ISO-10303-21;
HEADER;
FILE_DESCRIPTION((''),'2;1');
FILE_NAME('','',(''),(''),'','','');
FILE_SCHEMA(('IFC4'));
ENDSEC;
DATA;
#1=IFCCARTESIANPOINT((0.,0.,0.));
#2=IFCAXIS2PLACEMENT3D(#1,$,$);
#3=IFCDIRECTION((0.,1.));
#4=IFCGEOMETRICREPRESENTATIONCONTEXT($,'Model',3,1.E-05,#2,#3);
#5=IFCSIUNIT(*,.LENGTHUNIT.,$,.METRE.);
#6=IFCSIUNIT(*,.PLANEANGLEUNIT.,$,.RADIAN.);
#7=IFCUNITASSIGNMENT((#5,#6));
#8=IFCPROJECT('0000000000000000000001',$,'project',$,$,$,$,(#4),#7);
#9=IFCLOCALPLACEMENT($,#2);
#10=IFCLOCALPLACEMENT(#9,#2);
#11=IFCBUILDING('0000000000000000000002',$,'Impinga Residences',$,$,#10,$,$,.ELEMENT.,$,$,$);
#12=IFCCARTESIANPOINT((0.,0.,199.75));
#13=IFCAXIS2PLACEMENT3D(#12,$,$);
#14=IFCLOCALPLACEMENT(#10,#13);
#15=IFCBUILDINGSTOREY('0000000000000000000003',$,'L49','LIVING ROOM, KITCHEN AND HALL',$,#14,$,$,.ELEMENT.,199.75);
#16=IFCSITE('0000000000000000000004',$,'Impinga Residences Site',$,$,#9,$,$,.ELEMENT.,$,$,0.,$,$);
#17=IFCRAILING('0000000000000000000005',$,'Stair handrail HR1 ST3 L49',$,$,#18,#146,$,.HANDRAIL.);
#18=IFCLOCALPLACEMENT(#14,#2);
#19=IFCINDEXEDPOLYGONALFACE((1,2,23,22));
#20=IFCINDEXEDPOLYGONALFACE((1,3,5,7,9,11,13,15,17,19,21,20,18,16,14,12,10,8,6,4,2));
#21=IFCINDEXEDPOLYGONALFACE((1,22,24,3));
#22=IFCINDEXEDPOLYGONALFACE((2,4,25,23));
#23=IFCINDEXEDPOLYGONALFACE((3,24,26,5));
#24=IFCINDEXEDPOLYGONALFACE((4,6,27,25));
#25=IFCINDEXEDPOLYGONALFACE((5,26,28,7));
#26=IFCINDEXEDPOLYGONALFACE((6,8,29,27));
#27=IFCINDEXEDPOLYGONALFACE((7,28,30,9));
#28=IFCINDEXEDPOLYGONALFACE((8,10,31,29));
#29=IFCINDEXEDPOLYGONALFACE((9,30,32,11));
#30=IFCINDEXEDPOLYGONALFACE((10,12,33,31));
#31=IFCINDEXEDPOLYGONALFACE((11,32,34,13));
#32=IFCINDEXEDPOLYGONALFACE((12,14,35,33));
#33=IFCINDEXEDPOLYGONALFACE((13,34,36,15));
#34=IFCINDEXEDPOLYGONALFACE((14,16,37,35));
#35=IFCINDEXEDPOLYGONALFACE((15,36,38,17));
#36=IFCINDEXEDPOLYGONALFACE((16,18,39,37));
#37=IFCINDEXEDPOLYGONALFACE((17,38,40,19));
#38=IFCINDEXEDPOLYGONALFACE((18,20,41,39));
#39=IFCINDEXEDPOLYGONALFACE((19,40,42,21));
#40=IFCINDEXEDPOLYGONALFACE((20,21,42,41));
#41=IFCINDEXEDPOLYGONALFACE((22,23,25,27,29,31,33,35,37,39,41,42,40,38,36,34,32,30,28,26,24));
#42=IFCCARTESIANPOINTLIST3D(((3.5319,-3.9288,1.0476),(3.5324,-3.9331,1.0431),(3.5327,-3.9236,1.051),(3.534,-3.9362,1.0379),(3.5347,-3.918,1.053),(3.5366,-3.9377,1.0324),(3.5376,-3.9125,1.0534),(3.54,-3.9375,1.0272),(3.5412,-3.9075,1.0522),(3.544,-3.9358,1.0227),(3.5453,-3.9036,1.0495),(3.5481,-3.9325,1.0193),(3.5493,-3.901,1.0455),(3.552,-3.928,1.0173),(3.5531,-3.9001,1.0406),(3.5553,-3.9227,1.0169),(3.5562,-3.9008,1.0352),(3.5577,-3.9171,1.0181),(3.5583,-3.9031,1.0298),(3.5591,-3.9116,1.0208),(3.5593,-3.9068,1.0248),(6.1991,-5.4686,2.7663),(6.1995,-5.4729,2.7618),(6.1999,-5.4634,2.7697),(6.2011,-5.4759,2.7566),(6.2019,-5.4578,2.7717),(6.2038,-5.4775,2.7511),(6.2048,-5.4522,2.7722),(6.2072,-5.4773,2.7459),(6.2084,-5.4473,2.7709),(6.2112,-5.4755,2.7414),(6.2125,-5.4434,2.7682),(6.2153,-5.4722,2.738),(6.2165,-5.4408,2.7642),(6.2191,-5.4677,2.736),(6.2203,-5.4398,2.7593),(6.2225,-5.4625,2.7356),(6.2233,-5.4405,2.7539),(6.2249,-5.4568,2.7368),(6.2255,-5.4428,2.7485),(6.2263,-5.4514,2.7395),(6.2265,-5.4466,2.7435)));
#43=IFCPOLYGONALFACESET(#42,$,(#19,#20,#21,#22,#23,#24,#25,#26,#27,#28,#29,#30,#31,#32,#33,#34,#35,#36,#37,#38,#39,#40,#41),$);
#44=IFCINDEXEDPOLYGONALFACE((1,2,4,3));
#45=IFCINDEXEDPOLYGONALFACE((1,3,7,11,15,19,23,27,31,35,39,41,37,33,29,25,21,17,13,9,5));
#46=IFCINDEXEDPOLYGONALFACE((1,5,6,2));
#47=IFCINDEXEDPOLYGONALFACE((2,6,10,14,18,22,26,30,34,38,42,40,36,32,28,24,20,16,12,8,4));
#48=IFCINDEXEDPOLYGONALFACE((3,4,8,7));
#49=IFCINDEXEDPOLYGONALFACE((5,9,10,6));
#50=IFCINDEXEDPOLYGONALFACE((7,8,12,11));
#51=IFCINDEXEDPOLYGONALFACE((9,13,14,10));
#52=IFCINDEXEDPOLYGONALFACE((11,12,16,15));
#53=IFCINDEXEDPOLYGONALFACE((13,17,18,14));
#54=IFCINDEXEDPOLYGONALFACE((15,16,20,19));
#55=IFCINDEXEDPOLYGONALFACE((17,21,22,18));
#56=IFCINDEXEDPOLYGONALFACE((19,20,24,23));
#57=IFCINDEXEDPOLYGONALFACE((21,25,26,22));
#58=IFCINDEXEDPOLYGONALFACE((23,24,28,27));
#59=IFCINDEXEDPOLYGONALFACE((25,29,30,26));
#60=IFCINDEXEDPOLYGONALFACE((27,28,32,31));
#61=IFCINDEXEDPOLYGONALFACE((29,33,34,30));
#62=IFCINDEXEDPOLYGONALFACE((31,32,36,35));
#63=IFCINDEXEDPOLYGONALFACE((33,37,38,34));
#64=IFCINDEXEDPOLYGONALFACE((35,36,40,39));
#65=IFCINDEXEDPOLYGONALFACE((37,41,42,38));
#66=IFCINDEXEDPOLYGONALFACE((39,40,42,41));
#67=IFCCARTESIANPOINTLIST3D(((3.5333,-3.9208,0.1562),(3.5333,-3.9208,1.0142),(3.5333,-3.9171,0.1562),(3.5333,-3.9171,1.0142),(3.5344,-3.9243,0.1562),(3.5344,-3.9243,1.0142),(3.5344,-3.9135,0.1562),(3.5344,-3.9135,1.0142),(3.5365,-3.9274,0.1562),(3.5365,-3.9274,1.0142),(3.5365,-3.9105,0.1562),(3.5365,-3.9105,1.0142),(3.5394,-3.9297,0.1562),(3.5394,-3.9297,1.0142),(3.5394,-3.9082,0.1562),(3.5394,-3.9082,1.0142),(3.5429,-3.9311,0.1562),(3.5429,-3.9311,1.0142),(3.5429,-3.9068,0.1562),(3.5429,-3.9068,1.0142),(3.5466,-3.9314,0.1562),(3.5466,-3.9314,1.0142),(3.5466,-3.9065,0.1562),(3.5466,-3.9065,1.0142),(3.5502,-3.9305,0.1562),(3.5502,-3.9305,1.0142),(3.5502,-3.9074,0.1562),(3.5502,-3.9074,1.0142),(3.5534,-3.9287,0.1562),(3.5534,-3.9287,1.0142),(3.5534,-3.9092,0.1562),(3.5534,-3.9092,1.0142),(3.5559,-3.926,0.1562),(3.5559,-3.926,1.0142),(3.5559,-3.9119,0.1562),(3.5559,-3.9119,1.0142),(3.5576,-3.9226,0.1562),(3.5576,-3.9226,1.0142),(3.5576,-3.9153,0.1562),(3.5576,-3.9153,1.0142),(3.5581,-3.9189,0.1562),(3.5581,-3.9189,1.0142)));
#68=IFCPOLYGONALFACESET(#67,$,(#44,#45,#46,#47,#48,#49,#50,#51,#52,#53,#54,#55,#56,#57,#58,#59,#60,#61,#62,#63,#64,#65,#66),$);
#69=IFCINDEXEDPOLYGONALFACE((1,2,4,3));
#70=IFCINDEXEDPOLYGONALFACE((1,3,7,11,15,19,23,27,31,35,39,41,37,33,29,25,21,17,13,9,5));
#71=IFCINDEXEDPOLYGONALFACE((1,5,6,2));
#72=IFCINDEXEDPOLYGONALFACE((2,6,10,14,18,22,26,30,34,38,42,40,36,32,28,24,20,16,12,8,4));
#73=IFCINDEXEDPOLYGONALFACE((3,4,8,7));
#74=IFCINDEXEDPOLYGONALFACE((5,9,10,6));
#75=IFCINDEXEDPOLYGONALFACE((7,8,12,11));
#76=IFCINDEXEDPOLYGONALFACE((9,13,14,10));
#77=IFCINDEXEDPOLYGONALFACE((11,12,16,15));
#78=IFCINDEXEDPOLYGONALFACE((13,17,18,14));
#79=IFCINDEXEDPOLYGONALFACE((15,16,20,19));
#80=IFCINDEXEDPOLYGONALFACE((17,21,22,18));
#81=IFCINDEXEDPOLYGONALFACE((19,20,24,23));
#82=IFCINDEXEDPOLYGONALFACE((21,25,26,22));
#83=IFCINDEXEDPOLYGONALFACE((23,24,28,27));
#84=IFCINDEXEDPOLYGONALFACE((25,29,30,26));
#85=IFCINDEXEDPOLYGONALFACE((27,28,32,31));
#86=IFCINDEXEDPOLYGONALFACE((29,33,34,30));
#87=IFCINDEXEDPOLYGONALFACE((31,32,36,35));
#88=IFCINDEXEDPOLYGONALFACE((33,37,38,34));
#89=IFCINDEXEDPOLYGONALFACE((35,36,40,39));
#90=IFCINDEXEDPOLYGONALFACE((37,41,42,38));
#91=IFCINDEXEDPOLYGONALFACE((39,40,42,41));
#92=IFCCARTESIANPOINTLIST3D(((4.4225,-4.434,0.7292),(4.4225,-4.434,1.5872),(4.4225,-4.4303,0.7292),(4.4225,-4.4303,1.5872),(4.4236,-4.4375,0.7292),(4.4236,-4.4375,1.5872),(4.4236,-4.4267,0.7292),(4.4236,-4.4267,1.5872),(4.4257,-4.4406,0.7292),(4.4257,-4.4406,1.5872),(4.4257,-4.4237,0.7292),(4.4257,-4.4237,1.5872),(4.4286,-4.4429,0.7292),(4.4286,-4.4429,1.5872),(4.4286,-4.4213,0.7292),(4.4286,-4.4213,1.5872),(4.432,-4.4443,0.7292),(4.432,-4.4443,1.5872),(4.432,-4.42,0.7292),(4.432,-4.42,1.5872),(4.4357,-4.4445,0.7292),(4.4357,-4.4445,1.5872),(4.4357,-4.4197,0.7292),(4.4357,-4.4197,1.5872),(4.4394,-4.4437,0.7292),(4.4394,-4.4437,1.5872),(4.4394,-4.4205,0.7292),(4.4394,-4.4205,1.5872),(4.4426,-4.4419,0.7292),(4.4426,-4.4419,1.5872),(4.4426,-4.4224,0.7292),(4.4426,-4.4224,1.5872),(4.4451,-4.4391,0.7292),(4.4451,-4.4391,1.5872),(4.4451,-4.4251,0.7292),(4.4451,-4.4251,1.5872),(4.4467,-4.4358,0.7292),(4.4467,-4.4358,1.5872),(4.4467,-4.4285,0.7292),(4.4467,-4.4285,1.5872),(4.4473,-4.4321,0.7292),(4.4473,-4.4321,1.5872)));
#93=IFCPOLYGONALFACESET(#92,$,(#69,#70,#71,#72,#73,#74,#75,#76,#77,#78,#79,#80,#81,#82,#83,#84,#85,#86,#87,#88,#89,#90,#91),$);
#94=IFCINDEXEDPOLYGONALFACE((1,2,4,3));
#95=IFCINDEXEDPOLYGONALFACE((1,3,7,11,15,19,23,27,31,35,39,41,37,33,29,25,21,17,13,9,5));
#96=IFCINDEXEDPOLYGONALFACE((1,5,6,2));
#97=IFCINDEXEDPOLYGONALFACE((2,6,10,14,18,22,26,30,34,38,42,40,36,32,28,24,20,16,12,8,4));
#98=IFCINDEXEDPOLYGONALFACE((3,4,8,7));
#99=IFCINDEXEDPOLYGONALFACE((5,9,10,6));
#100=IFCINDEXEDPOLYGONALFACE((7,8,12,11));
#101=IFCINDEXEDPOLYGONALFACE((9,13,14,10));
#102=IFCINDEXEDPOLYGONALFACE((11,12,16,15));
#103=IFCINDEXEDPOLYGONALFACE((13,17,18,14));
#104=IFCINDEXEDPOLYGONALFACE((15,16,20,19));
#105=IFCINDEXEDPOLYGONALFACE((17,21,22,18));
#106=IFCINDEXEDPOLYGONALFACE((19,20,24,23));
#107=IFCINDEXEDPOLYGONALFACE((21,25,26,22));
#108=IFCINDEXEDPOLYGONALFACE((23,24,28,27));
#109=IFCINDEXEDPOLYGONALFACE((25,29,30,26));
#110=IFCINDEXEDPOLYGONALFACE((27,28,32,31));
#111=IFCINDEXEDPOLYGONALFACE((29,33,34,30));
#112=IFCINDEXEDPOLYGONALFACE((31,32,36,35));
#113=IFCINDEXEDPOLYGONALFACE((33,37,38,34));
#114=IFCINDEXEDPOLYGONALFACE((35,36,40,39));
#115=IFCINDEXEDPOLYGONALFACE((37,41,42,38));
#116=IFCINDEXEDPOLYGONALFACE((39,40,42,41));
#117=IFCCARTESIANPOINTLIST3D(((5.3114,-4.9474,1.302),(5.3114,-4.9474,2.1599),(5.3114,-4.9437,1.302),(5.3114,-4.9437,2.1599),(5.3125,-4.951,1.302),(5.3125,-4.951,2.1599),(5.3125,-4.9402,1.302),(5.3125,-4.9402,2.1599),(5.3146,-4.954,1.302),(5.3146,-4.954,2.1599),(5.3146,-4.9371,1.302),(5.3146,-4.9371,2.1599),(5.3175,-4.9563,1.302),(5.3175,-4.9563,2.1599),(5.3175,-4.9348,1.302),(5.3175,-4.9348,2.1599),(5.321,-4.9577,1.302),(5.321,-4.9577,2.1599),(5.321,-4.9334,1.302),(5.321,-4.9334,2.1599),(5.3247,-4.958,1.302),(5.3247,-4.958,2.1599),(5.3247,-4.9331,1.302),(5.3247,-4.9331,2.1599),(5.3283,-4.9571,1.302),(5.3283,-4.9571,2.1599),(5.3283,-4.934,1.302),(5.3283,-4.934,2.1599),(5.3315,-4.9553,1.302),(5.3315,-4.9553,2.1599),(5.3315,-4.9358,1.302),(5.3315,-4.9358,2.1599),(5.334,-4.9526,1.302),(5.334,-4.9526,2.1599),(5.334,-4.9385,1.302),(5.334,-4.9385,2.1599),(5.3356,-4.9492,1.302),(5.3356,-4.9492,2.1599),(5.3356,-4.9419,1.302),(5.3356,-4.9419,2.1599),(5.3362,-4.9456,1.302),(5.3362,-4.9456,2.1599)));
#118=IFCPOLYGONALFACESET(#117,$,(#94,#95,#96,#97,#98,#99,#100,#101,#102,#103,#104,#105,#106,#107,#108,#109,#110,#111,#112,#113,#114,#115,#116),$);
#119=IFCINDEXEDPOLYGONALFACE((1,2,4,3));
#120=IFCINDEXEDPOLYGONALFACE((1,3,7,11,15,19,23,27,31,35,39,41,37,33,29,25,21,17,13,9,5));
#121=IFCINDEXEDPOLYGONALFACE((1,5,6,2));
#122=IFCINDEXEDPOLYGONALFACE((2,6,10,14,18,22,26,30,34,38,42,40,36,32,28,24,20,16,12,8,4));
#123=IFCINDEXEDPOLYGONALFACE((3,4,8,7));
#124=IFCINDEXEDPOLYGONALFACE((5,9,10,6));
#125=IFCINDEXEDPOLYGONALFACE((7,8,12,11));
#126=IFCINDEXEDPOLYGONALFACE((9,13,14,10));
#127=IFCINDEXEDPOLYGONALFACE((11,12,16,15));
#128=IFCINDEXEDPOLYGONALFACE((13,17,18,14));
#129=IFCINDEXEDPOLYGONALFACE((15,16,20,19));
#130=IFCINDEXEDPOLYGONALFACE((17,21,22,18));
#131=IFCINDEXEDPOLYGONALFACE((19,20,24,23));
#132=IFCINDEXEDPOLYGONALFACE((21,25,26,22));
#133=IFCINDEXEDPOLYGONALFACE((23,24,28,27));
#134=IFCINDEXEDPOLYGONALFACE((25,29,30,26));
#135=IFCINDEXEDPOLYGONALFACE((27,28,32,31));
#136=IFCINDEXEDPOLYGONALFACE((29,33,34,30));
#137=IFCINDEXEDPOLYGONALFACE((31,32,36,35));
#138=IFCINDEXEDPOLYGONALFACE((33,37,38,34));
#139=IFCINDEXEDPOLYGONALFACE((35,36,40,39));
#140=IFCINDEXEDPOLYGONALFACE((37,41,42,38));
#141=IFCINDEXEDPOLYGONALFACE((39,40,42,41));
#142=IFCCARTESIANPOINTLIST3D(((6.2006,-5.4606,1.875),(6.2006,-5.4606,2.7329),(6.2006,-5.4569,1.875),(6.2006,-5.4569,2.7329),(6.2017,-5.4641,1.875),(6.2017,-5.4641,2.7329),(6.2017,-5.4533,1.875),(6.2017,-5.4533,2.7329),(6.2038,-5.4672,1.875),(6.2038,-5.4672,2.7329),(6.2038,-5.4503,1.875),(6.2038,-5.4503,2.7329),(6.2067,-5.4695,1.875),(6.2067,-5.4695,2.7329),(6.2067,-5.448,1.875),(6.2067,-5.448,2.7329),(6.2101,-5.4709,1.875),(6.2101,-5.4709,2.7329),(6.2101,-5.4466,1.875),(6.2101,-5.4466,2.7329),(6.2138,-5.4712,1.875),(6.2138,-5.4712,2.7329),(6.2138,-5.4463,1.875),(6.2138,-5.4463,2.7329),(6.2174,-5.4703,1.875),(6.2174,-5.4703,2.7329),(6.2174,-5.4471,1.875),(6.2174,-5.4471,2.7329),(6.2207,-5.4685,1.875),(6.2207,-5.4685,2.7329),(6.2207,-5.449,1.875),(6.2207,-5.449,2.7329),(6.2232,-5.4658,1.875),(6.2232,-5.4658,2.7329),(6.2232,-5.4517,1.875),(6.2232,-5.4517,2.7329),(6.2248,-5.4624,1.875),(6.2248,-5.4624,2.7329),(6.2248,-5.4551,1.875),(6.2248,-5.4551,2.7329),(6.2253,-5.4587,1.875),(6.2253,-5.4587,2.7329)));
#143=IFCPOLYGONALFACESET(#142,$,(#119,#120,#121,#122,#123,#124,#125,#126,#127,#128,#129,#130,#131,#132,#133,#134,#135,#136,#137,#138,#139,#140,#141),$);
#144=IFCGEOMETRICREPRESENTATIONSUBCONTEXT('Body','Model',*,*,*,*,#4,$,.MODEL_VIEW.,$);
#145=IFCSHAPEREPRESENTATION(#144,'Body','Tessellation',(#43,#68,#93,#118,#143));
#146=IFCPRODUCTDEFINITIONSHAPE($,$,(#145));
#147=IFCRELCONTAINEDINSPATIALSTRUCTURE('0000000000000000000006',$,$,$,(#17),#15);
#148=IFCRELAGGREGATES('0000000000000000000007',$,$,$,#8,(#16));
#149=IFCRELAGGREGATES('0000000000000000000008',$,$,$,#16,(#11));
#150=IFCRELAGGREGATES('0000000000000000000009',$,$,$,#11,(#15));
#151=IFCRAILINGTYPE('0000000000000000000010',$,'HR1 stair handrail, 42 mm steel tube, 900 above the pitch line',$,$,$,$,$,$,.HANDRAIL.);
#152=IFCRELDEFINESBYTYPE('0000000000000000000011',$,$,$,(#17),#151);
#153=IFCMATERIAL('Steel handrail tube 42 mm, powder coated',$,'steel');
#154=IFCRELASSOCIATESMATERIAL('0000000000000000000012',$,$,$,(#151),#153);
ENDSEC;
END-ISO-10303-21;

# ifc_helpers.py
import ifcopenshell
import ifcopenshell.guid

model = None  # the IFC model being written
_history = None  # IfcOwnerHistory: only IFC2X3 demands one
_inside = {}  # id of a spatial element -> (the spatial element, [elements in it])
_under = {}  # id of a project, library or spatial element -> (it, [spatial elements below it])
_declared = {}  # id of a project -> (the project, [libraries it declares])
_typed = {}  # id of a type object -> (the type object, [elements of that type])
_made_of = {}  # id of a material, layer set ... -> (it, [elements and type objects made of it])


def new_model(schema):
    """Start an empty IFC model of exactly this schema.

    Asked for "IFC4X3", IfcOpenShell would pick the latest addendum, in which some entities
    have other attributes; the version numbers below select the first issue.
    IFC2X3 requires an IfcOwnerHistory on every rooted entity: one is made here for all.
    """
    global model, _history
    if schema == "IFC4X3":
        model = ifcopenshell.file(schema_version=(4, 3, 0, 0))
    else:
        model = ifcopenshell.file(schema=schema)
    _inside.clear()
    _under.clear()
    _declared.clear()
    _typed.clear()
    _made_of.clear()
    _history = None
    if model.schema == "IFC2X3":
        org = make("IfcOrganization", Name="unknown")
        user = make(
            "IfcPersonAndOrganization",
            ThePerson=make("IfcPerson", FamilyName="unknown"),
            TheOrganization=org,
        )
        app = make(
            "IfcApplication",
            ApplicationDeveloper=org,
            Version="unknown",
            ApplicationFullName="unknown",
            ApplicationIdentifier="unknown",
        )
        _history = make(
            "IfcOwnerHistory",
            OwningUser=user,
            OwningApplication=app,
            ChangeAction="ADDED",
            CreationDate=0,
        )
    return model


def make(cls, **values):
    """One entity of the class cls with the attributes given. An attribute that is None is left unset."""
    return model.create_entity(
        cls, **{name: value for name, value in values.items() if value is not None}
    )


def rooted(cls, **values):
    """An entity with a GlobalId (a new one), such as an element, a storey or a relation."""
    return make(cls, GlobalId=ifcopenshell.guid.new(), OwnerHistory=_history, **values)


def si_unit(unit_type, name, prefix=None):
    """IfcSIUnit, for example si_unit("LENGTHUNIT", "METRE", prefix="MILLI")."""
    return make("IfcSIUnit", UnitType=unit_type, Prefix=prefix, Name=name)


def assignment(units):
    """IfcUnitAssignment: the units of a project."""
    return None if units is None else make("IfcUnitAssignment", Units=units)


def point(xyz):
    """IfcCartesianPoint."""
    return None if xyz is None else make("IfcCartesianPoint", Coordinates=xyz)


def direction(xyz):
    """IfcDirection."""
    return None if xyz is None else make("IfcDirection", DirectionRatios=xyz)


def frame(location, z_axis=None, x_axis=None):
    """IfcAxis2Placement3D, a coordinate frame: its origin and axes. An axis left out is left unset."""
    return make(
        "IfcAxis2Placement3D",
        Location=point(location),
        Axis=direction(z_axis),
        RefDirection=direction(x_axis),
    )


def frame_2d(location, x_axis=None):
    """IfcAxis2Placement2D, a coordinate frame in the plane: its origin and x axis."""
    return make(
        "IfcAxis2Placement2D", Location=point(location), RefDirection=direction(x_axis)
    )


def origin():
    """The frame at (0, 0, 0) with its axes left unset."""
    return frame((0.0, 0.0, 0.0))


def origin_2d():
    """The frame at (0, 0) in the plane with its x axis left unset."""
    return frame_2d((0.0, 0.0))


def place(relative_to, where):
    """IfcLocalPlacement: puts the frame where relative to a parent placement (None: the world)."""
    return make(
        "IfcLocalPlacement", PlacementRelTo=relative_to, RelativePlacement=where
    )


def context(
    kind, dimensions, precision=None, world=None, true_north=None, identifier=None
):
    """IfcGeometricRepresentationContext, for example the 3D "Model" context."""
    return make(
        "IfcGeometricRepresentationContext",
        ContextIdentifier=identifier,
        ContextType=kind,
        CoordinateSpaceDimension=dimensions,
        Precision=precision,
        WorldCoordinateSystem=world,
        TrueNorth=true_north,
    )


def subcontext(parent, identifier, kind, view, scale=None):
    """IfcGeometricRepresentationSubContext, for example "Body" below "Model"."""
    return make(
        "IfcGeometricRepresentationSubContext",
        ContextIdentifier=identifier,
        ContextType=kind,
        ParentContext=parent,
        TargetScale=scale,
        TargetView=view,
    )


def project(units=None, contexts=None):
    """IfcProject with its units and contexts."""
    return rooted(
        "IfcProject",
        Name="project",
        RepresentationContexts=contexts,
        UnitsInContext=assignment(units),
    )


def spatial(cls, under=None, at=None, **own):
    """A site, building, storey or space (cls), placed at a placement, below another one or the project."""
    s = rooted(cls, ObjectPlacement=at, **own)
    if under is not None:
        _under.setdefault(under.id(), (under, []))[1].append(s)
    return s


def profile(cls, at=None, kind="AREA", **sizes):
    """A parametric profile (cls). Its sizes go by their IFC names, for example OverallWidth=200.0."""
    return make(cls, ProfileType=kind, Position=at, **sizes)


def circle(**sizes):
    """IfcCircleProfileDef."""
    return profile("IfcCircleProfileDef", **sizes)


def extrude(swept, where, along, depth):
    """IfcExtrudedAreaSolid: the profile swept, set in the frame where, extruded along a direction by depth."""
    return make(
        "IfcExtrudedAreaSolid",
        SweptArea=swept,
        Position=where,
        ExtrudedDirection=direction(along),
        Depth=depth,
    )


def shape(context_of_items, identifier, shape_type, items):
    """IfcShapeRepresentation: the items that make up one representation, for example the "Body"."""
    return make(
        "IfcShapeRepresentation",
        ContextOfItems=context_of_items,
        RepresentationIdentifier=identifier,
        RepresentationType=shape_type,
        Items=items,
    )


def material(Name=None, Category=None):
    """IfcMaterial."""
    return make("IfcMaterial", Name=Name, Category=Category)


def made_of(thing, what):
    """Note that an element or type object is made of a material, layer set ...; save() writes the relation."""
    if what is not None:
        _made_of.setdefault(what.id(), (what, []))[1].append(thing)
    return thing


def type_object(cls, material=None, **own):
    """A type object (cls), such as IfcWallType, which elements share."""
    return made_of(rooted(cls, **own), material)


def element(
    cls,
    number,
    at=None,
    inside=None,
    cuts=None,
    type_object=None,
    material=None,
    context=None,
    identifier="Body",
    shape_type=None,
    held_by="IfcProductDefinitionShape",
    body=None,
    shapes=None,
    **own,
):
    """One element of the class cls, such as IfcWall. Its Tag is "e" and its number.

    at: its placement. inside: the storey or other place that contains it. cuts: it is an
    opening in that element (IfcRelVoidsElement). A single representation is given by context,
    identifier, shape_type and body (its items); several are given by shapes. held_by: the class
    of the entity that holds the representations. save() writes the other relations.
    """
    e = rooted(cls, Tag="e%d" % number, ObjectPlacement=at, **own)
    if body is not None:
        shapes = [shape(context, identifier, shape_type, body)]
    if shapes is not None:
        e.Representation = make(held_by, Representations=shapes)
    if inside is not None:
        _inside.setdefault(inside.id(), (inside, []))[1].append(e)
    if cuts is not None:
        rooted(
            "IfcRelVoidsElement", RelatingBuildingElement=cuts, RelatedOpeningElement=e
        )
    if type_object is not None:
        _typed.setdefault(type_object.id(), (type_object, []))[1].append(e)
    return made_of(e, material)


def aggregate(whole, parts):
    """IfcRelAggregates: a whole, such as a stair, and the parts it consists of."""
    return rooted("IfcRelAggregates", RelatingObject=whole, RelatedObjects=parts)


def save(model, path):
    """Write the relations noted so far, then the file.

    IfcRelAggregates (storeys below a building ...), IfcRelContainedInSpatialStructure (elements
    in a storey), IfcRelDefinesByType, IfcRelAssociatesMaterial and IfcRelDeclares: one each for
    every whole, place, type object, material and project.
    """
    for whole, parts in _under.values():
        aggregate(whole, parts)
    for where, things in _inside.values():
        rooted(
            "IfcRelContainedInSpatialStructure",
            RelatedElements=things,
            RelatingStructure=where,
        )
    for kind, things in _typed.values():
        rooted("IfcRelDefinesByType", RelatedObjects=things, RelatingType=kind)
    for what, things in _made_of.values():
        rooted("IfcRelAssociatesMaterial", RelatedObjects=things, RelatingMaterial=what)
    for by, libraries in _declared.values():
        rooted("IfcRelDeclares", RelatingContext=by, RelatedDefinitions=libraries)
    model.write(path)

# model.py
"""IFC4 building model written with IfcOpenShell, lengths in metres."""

from ifc_helpers import new_model, si_unit, direction, frame, origin, origin_2d, place, context, subcontext, project, spatial, circle, extrude, material, type_object, element, save


model = new_model("IFC4")

# Units and contexts
model_context = context("Model", 3, precision=1e-05, world=origin(), true_north=direction((0.0, 1.0)))
body_context = subcontext(model_context, "Body", "Model", "MODEL_VIEW")
ifc_project = project(units=[si_unit("LENGTHUNIT", "METRE"), si_unit("PLANEANGLEUNIT", "RADIAN")], contexts=[model_context])

# Site, building, storey
site_placement = place(None, origin())
site = spatial("IfcSite", under=ifc_project, at=site_placement, Name="Impinga Residences Site", CompositionType="ELEMENT", RefElevation=0.0)
building_placement = place(site_placement, origin())
building = spatial("IfcBuilding", under=site, at=building_placement, Name="Impinga Residences", CompositionType="ELEMENT")
storey_placement = place(building_placement, frame((0.0, 0.0, 199.75)))
storey = spatial("IfcBuildingStorey", under=building, at=storey_placement, Name="L49", Description="LIVING ROOM, KITCHEN AND HALL", CompositionType="ELEMENT", Elevation=199.75)

# Railing
ifc_material_1 = material(Name="Steel handrail tube 42 mm, powder coated", Category="steel")
railing_type = type_object("IfcRailingType", Name="HR1 stair handrail, 42 mm steel tube, 900 above the pitch line", PredefinedType="HANDRAIL", material=ifc_material_1)
railing_1_placement = place(storey_placement, frame((3.5457, -3.9189, 0.1562)))
element("IfcRailing", 1, at=railing_1_placement, inside=storey, type_object=railing_type, Name="Stair handrail HR1 ST3 L49", PredefinedType="HANDRAIL", context=body_context, shape_type="SweptSolid", body=[
    extrude(circle(Radius=0.021, at=origin_2d()), frame((0.0, 0.0, 0.8789), z_axis=(0.756249, -0.436582, 0.487322), x_axis=(0.499967, 0.866044, 0.0)), (0.0, 0.0, 1.0), 3.5269),
    extrude(circle(Radius=0.0125, at=origin_2d()), origin(), (0.0, 0.0, 1.0), 0.8579),
    extrude(circle(Radius=0.0125, at=origin_2d()), frame((0.8892, -0.5132, 0.573)), (0.0, 0.0, 1.0), 0.8579),
    extrude(circle(Radius=0.0125, at=origin_2d()), frame((1.7781, -1.0266, 1.1458)), (0.0, 0.0, 1.0), 0.8579),
    extrude(circle(Radius=0.0125, at=origin_2d()), frame((2.6672, -1.5398, 1.7188)), (0.0, 0.0, 1.0), 0.8579),
])

save(model, "model.ifc")
